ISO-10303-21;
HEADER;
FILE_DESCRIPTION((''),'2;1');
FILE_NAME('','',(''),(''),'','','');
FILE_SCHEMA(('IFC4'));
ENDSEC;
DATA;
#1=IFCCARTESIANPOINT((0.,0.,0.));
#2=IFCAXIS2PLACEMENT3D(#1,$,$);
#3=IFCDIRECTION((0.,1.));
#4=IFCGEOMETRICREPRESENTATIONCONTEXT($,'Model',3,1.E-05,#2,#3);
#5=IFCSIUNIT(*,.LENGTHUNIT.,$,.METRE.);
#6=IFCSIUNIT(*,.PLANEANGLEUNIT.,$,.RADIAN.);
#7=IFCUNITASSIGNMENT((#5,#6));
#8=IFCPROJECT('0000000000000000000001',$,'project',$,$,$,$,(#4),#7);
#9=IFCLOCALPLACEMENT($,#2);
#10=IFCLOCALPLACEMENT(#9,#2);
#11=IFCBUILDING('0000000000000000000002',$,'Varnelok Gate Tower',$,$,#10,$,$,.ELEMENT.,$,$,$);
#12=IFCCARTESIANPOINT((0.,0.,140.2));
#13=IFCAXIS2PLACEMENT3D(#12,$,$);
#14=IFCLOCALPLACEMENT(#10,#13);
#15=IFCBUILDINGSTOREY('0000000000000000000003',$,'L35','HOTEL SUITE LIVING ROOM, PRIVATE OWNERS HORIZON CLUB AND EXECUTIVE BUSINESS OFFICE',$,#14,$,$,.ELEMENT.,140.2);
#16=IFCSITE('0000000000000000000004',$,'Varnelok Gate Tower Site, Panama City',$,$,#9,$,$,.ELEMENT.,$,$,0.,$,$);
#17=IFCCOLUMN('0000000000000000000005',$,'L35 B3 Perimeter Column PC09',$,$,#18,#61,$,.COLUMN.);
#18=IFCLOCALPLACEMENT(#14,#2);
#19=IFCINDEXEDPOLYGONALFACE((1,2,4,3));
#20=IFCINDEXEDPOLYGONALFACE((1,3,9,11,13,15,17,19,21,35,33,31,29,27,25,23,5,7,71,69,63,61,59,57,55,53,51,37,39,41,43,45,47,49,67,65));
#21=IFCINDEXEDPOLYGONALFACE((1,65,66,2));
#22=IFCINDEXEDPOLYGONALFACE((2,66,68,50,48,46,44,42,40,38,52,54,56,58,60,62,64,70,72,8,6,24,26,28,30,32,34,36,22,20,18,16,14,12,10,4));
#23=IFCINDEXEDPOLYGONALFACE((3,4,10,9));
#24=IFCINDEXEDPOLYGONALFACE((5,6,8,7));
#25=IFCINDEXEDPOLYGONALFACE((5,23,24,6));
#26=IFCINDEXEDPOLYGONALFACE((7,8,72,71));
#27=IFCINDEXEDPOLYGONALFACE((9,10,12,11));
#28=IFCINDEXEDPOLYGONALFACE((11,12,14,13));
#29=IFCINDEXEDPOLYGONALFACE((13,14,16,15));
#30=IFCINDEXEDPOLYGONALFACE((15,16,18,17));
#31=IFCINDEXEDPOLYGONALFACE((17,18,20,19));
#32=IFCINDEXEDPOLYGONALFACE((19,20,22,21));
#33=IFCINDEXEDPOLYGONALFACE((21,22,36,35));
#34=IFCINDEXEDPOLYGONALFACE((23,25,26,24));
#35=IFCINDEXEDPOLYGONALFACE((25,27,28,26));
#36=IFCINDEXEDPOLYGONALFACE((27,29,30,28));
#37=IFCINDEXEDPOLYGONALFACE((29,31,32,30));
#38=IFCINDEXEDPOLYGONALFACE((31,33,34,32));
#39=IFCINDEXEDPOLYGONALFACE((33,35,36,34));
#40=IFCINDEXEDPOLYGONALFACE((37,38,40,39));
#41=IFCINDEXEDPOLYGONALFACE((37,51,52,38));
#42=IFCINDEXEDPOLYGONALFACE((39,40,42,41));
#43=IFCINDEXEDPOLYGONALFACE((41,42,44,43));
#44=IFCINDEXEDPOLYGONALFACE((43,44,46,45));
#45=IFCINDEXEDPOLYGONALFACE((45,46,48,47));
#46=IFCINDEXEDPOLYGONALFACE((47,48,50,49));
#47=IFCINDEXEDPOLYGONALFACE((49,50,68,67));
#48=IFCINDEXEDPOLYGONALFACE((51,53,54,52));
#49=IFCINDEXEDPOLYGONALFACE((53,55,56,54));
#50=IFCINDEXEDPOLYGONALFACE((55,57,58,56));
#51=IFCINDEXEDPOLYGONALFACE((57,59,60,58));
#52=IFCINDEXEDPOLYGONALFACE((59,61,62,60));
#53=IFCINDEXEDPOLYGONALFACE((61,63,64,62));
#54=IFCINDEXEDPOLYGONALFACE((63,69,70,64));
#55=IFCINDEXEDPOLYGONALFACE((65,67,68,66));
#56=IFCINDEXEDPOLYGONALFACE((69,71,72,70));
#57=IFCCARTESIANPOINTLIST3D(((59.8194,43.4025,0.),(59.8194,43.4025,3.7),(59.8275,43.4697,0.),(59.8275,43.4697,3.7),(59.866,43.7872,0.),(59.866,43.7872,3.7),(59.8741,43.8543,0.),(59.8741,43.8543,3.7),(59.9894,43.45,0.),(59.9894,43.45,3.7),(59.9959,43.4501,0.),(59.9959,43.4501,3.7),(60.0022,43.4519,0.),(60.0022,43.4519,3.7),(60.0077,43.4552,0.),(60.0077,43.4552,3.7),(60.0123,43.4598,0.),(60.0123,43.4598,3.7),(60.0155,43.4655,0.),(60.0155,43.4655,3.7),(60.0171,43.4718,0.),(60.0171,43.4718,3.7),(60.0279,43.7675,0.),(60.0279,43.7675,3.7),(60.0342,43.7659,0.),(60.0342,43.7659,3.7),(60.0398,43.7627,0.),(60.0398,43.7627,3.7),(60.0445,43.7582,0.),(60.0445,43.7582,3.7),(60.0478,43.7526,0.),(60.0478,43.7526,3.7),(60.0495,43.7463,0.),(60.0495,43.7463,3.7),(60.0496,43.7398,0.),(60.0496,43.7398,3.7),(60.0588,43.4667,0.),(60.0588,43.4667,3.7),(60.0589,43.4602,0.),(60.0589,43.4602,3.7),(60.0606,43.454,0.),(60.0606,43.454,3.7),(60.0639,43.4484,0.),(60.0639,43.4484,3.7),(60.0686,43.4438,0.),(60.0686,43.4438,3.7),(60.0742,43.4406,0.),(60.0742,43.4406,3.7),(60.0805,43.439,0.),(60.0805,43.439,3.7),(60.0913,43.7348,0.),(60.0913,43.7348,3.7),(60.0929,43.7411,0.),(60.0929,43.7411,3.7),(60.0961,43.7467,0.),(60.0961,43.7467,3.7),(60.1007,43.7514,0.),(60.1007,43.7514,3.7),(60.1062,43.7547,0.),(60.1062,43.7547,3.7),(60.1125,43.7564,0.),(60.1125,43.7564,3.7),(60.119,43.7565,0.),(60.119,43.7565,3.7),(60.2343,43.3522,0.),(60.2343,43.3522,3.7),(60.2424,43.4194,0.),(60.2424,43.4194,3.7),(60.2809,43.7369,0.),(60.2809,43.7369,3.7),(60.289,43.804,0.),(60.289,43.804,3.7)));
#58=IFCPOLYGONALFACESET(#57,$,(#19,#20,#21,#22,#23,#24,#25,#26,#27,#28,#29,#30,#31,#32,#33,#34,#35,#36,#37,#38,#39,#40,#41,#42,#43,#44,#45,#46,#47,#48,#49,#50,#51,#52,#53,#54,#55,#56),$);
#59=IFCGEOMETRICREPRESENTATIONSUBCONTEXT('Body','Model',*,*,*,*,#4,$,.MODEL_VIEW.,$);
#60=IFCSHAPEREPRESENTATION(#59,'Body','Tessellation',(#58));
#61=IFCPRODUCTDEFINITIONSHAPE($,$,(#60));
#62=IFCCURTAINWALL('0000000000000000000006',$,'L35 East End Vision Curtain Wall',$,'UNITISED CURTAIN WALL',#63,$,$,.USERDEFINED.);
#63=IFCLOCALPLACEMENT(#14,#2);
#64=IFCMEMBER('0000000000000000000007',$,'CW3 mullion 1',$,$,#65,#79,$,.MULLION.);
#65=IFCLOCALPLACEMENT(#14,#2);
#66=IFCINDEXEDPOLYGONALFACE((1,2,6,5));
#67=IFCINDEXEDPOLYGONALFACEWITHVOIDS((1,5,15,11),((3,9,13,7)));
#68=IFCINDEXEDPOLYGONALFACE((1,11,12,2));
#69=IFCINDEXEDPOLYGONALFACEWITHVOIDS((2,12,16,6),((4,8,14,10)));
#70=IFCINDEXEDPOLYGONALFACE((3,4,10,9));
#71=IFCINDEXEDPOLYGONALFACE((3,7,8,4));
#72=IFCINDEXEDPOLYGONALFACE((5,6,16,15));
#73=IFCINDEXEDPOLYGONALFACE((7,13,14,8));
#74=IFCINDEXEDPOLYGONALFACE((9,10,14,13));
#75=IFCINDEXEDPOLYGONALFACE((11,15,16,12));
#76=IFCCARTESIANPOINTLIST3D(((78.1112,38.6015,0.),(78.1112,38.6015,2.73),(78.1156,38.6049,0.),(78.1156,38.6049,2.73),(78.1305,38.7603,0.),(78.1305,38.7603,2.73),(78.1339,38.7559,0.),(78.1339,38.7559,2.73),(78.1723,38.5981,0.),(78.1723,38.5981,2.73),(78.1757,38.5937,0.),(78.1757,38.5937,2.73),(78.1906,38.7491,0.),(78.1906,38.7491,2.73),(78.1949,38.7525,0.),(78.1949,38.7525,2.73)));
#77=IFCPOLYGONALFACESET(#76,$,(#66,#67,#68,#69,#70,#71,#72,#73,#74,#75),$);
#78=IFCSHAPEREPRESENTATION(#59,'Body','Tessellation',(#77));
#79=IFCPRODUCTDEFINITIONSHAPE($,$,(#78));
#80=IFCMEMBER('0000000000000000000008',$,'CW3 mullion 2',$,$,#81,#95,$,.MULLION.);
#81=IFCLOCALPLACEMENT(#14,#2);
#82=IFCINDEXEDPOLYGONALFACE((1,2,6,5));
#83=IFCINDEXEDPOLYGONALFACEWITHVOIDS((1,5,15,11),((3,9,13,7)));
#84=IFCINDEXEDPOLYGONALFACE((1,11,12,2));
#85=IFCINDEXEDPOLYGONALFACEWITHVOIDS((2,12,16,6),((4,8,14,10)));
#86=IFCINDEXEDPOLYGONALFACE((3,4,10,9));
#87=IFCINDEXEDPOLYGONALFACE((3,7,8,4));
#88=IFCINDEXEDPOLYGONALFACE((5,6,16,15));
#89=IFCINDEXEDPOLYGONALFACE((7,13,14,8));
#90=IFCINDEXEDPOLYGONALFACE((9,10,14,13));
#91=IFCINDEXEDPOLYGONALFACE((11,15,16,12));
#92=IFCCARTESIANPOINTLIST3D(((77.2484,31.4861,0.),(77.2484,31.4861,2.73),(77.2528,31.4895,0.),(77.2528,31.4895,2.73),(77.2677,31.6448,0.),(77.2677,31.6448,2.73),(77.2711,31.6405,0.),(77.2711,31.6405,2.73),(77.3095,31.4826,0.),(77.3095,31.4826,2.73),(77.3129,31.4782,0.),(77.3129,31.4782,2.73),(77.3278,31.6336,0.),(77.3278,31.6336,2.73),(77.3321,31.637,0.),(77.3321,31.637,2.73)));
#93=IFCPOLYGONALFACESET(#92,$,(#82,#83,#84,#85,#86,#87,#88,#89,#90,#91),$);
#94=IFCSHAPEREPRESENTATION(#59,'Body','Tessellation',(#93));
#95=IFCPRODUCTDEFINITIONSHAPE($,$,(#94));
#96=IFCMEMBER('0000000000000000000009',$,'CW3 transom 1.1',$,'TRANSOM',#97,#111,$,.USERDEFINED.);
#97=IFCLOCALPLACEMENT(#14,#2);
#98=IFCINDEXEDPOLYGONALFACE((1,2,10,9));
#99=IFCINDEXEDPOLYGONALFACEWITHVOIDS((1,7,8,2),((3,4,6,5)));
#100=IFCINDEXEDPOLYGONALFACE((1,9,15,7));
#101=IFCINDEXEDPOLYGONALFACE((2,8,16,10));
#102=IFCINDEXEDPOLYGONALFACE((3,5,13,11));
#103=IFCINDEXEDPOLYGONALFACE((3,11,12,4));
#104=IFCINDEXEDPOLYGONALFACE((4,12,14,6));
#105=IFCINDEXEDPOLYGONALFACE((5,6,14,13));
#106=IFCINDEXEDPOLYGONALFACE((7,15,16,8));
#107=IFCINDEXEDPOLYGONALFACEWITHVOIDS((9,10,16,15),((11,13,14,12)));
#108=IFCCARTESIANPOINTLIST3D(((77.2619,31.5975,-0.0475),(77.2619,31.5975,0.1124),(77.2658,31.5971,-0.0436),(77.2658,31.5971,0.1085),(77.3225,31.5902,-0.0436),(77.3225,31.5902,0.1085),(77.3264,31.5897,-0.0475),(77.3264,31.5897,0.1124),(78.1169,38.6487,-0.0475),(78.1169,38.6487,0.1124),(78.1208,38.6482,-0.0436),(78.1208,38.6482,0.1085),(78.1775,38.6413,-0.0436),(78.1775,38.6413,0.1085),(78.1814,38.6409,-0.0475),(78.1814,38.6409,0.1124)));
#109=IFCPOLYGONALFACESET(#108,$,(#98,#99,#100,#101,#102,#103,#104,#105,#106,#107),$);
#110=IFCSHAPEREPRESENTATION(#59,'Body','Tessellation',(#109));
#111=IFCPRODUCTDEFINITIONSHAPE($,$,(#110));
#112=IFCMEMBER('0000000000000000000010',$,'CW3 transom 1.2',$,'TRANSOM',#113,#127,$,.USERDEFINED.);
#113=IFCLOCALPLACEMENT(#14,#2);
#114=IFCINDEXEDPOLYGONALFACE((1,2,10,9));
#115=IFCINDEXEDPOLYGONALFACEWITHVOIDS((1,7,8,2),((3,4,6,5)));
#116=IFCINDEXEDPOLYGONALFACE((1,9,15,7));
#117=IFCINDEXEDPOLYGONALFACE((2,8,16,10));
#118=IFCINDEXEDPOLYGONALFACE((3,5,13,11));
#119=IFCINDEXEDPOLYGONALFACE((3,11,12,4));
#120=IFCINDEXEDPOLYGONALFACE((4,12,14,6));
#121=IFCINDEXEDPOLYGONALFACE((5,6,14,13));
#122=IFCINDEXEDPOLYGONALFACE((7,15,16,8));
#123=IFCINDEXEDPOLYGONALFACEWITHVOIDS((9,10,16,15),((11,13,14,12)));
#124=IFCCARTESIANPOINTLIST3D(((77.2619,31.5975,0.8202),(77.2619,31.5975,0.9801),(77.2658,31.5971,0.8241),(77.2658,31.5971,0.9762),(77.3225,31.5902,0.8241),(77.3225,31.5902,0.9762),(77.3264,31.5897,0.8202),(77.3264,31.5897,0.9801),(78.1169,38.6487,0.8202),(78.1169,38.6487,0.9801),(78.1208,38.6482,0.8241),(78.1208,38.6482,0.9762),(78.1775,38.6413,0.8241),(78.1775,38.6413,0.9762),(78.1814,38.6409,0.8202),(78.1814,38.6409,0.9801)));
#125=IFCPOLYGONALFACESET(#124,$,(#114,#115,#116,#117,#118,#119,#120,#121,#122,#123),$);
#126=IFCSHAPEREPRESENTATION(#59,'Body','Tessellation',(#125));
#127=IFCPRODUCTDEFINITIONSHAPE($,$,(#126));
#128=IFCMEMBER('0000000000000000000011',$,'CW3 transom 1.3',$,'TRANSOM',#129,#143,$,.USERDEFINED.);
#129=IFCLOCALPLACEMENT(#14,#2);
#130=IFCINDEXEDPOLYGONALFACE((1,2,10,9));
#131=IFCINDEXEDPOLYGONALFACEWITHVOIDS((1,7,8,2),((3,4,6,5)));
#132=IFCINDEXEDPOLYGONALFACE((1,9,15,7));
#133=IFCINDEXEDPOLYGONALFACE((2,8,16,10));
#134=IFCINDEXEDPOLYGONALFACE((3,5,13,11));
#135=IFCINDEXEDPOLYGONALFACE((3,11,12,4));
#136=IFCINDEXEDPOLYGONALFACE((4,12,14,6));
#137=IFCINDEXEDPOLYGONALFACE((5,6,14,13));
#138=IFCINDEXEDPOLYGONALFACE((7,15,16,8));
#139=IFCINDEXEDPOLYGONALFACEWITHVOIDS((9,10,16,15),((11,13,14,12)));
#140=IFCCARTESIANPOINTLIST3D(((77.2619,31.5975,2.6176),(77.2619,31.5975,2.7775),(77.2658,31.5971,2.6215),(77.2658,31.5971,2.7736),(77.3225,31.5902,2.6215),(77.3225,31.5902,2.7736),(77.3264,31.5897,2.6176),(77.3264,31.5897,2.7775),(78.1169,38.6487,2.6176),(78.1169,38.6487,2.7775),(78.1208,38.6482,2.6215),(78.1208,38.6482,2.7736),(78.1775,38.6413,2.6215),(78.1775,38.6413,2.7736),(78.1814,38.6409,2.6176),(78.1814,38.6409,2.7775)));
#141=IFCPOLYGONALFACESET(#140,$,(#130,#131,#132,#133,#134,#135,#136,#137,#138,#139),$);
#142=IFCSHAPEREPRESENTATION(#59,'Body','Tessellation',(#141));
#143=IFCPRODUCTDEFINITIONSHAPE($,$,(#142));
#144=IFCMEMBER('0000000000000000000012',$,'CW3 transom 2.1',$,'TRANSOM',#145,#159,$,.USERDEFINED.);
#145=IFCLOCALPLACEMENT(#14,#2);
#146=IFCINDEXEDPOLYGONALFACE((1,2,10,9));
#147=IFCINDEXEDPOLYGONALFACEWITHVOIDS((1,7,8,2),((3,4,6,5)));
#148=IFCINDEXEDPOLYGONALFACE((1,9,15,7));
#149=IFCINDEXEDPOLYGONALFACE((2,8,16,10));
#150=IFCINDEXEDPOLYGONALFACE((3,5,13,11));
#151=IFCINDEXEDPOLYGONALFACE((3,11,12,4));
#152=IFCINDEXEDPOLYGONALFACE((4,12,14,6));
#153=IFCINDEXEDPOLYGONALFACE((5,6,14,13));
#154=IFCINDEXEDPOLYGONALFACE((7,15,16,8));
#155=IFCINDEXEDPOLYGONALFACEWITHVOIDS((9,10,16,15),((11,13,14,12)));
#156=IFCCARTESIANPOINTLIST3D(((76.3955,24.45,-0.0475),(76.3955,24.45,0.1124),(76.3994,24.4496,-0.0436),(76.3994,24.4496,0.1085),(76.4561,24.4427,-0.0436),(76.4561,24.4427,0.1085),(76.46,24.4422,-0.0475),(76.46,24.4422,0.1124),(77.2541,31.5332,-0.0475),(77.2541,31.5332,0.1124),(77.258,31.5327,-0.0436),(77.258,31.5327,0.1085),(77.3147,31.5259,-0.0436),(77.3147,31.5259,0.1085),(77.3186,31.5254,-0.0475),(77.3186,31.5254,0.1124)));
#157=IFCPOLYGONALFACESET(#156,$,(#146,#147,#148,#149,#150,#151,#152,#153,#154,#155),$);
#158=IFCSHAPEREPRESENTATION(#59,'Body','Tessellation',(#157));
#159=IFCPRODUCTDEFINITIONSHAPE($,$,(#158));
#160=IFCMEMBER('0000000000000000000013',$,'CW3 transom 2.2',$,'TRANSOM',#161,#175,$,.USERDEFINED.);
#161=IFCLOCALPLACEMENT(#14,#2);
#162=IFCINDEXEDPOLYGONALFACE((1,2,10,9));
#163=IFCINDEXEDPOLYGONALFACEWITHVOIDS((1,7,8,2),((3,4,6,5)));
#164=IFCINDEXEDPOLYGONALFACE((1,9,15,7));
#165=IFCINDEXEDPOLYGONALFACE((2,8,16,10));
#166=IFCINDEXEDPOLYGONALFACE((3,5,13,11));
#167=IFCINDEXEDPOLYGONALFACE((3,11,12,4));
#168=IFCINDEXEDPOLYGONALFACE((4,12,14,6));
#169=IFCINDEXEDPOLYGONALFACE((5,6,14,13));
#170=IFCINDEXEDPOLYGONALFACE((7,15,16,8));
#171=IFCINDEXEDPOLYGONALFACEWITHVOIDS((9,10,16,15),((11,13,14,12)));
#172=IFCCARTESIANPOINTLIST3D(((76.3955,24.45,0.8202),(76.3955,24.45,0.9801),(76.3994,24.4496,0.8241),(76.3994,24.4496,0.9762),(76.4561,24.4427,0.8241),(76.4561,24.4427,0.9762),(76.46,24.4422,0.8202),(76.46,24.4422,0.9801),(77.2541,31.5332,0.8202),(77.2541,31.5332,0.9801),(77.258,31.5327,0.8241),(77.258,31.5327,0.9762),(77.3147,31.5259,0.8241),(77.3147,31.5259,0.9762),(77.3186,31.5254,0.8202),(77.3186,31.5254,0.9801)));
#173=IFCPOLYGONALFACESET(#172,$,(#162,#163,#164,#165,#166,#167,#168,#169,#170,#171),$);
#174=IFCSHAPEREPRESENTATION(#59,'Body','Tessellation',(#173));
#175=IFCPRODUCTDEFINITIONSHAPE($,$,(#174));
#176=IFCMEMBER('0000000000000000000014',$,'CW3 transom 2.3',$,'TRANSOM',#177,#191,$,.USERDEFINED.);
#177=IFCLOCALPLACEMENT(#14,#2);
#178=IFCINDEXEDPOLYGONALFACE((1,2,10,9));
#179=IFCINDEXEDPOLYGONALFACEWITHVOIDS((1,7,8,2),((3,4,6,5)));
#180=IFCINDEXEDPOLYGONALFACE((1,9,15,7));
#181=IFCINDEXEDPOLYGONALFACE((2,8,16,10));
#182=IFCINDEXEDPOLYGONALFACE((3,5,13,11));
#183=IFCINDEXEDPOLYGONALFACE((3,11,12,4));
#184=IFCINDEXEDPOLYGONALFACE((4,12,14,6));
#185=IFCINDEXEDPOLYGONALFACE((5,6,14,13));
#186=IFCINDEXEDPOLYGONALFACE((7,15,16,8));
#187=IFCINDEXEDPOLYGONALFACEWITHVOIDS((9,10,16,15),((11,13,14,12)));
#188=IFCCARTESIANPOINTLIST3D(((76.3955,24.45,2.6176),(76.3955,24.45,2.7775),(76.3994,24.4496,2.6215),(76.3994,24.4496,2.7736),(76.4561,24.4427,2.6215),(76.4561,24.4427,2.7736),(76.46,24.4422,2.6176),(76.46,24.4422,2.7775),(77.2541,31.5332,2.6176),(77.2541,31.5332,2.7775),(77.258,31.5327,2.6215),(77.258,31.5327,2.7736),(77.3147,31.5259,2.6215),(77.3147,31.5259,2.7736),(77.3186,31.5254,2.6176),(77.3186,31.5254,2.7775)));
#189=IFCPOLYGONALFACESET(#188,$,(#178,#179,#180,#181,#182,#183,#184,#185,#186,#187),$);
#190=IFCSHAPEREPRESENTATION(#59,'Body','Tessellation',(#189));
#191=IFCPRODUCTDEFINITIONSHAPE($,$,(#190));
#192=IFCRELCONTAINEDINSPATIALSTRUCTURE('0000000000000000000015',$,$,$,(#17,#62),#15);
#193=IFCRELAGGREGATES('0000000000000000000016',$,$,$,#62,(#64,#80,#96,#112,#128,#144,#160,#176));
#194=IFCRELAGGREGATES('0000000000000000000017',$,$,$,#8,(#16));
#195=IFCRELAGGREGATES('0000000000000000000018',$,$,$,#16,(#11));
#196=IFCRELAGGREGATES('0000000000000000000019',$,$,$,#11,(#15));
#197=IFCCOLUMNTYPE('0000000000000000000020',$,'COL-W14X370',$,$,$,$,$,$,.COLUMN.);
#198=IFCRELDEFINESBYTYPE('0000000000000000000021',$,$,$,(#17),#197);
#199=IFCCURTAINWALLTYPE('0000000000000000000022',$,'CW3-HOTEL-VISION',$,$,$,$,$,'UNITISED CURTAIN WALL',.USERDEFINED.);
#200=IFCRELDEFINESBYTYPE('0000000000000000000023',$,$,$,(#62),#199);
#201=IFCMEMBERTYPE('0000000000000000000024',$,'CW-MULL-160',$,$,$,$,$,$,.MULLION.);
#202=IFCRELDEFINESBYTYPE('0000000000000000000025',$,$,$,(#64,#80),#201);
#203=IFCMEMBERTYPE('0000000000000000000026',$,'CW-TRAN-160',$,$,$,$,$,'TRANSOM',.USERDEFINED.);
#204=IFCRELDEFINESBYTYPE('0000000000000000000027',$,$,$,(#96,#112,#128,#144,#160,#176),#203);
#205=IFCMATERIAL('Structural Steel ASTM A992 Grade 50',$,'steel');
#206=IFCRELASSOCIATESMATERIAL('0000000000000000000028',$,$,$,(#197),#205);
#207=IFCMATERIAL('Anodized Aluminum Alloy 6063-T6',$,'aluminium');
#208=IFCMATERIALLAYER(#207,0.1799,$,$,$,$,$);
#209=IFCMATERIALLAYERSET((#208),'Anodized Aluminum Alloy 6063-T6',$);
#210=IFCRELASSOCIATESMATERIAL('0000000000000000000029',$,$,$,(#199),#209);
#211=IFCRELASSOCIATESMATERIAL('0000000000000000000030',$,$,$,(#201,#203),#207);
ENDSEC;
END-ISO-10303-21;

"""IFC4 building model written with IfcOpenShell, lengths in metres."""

from ifc_helpers import new_model, si_unit, direction, frame, origin, origin_2d, place, context, subcontext, project, spatial, hollow_rectangle, i_section, extrude, material, layer, layer_set, material_profile, profile_set, type_object, element, aggregate, save


model = new_model("IFC4")

# Units and contexts
model_context = context("Model", 3, precision=1e-05, world=origin(), true_north=direction((0.0, 1.0)))
body_context = subcontext(model_context, "Body", "Model", "MODEL_VIEW")
ifc_project = project(units=[si_unit("LENGTHUNIT", "METRE"), si_unit("PLANEANGLEUNIT", "RADIAN")], contexts=[model_context])

# Site, building, storey
site_placement = place(None, origin())
site = spatial("IfcSite", under=ifc_project, at=site_placement, Name="Varnelok Gate Tower Site, Panama City", CompositionType="ELEMENT", RefElevation=0.0)
building_placement = place(site_placement, origin())
building = spatial("IfcBuilding", under=site, at=building_placement, Name="Varnelok Gate Tower", CompositionType="ELEMENT")
storey_placement = place(building_placement, frame((0.0, 0.0, 140.2)))
storey = spatial("IfcBuildingStorey", under=building, at=storey_placement, Name="L35", Description="HOTEL SUITE LIVING ROOM, PRIVATE OWNERS HORIZON CLUB AND EXECUTIVE BUSINESS OFFICE", CompositionType="ELEMENT", Elevation=140.2)

# Column
ifc_material_1 = material(Name="Structural Steel ASTM A992 Grade 50", Category="steel")
ifc_material_profile_1 = material_profile(ifc_material_1, i_section(OverallWidth=0.418, OverallDepth=0.4551, WebThickness=0.042, FlangeThickness=0.0676, FilletRadius=0.0249, at=origin_2d()), Name="W14X370")
ifc_profile_set_1 = profile_set([ifc_material_profile_1], Name="Structural Steel ASTM A992 Grade 50")
column_type = type_object("IfcColumnType", Name="COL-W14X370", PredefinedType="COLUMN", material=ifc_profile_set_1)
column_placement = place(storey_placement, frame((60.0542, 43.6033, 0.0), z_axis=(0.0, 0.0, 1.0), x_axis=(0.992732, -0.120345, 0.0)))
element("IfcColumn", 1, at=column_placement, inside=storey, type_object=column_type, Name="L35 B3 Perimeter Column PC09", PredefinedType="COLUMN", context=body_context, shape_type="SweptSolid", body=[
    extrude(i_section(OverallWidth=0.418, OverallDepth=0.4551, WebThickness=0.042, FlangeThickness=0.0676, FilletRadius=0.0249, at=origin_2d()), origin(), (0.0, 0.0, 1.0), 3.7),
])

# Curtain wall, members
ifc_material_2 = material(Name="Anodized Aluminum Alloy 6063-T6", Category="aluminium")
ifc_layer_1 = layer(ifc_material_2, 0.1799)
ifc_layer_set_1 = layer_set([ifc_layer_1], Name="Anodized Aluminum Alloy 6063-T6")
curtain_wall_type = type_object("IfcCurtainWallType", Name="CW3-HOTEL-VISION", ElementType="UNITISED CURTAIN WALL", PredefinedType="USERDEFINED", material=ifc_layer_set_1)
curtain_wall_placement = place(storey_placement, origin())
curtain_wall = element("IfcCurtainWall", 2, at=curtain_wall_placement, inside=storey, type_object=curtain_wall_type, Name="L35 East End Vision Curtain Wall", ObjectType="UNITISED CURTAIN WALL", PredefinedType="USERDEFINED")
ifc_material_profile_2 = material_profile(ifc_material_2, hollow_rectangle(XDim=0.0649, YDim=0.1599, WallThickness=0.0039, at=origin_2d()), Name="ALU160X65X4")
ifc_profile_set_2 = profile_set([ifc_material_profile_2], Name="Anodized Aluminum Alloy 6063-T6")
member_type_1 = type_object("IfcMemberType", Name="CW-MULL-160", PredefinedType="MULLION", material=ifc_profile_set_2)
member_1_placement = place(storey_placement, frame((78.1531, 38.677, 0.0), z_axis=(0.0, 0.0, 1.0), x_axis=(0.992732, -0.120347, 0.0)))
member_1 = element("IfcMember", 3, at=member_1_placement, type_object=member_type_1, Name="CW3 mullion 1", PredefinedType="MULLION", context=body_context, shape_type="SweptSolid", body=[
    extrude(hollow_rectangle(XDim=0.0649, YDim=0.1599, WallThickness=0.0039, at=origin_2d()), origin(), (0.0, 0.0, 1.0), 2.73),
])
member_2_placement = place(storey_placement, frame((77.2903, 31.5615, 0.0), z_axis=(0.0, 0.0, 1.0), x_axis=(0.992732, -0.120347, 0.0)))
member_2 = element("IfcMember", 4, at=member_2_placement, type_object=member_type_1, Name="CW3 mullion 2", PredefinedType="MULLION", context=body_context, shape_type="SweptSolid", body=[
    extrude(hollow_rectangle(XDim=0.0649, YDim=0.1599, WallThickness=0.0039, at=origin_2d()), origin(), (0.0, 0.0, 1.0), 2.73),
])
ifc_material_profile_3 = material_profile(ifc_material_2, hollow_rectangle(XDim=0.0649, YDim=0.1599, WallThickness=0.0039, at=origin_2d()), Name="ALU160X65X4")
ifc_profile_set_3 = profile_set([ifc_material_profile_3], Name="Anodized Aluminum Alloy 6063-T6")
member_type_2 = type_object("IfcMemberType", Name="CW-TRAN-160", ElementType="TRANSOM", PredefinedType="USERDEFINED", material=ifc_profile_set_3)
member_3_placement = place(storey_placement, frame((78.1492, 38.6448, 0.0325), z_axis=(-0.120374, -0.992729, 0.0), x_axis=(0.992729, -0.120374, 0.0)))
member_3 = element("IfcMember", 5, at=member_3_placement, type_object=member_type_2, Name="CW3 transom 1.1", ObjectType="TRANSOM", PredefinedType="USERDEFINED", context=body_context, shape_type="SweptSolid", body=[
    extrude(hollow_rectangle(XDim=0.0649, YDim=0.1599, WallThickness=0.0039, at=origin_2d()), origin(), (0.0, 0.0, 1.0), 7.1028),
])
member_4_placement = place(storey_placement, frame((78.1492, 38.6448, 0.9001), z_axis=(-0.120374, -0.992729, 0.0), x_axis=(0.992729, -0.120374, 0.0)))
member_4 = element("IfcMember", 6, at=member_4_placement, type_object=member_type_2, Name="CW3 transom 1.2", ObjectType="TRANSOM", PredefinedType="USERDEFINED", context=body_context, shape_type="SweptSolid", body=[
    extrude(hollow_rectangle(XDim=0.0649, YDim=0.1599, WallThickness=0.0039, at=origin_2d()), origin(), (0.0, 0.0, 1.0), 7.1028),
])
member_5_placement = place(storey_placement, frame((78.1492, 38.6448, 2.6975), z_axis=(-0.120374, -0.992729, 0.0), x_axis=(0.992729, -0.120374, 0.0)))
member_5 = element("IfcMember", 7, at=member_5_placement, type_object=member_type_2, Name="CW3 transom 1.3", ObjectType="TRANSOM", PredefinedType="USERDEFINED", context=body_context, shape_type="SweptSolid", body=[
    extrude(hollow_rectangle(XDim=0.0649, YDim=0.1599, WallThickness=0.0039, at=origin_2d()), origin(), (0.0, 0.0, 1.0), 7.1028),
])
member_6_placement = place(storey_placement, frame((77.2864, 31.5293, 0.0325), z_axis=(-0.120341, -0.992733, 0.0), x_axis=(0.992733, -0.120341, 0.0)))
member_6 = element("IfcMember", 8, at=member_6_placement, type_object=member_type_2, Name="CW3 transom 2.1", ObjectType="TRANSOM", PredefinedType="USERDEFINED", context=body_context, shape_type="SweptSolid", body=[
    extrude(hollow_rectangle(XDim=0.0649, YDim=0.1599, WallThickness=0.0039, at=origin_2d()), origin(), (0.0, 0.0, 1.0), 7.135),
])
member_7_placement = place(storey_placement, frame((77.2864, 31.5293, 0.9001), z_axis=(-0.120341, -0.992733, 0.0), x_axis=(0.992733, -0.120341, 0.0)))
member_7 = element("IfcMember", 9, at=member_7_placement, type_object=member_type_2, Name="CW3 transom 2.2", ObjectType="TRANSOM", PredefinedType="USERDEFINED", context=body_context, shape_type="SweptSolid", body=[
    extrude(hollow_rectangle(XDim=0.0649, YDim=0.1599, WallThickness=0.0039, at=origin_2d()), origin(), (0.0, 0.0, 1.0), 7.135),
])
member_8_placement = place(storey_placement, frame((77.2864, 31.5293, 2.6975), z_axis=(-0.120341, -0.992733, 0.0), x_axis=(0.992733, -0.120341, 0.0)))
member_8 = element("IfcMember", 10, at=member_8_placement, type_object=member_type_2, Name="CW3 transom 2.3", ObjectType="TRANSOM", PredefinedType="USERDEFINED", context=body_context, shape_type="SweptSolid", body=[
    extrude(hollow_rectangle(XDim=0.0649, YDim=0.1599, WallThickness=0.0039, at=origin_2d()), origin(), (0.0, 0.0, 1.0), 7.135),
])
aggregate(curtain_wall, [member_1, member_2, member_3, member_4, member_5, member_6, member_7, member_8])

save(model, "model.ifc")
